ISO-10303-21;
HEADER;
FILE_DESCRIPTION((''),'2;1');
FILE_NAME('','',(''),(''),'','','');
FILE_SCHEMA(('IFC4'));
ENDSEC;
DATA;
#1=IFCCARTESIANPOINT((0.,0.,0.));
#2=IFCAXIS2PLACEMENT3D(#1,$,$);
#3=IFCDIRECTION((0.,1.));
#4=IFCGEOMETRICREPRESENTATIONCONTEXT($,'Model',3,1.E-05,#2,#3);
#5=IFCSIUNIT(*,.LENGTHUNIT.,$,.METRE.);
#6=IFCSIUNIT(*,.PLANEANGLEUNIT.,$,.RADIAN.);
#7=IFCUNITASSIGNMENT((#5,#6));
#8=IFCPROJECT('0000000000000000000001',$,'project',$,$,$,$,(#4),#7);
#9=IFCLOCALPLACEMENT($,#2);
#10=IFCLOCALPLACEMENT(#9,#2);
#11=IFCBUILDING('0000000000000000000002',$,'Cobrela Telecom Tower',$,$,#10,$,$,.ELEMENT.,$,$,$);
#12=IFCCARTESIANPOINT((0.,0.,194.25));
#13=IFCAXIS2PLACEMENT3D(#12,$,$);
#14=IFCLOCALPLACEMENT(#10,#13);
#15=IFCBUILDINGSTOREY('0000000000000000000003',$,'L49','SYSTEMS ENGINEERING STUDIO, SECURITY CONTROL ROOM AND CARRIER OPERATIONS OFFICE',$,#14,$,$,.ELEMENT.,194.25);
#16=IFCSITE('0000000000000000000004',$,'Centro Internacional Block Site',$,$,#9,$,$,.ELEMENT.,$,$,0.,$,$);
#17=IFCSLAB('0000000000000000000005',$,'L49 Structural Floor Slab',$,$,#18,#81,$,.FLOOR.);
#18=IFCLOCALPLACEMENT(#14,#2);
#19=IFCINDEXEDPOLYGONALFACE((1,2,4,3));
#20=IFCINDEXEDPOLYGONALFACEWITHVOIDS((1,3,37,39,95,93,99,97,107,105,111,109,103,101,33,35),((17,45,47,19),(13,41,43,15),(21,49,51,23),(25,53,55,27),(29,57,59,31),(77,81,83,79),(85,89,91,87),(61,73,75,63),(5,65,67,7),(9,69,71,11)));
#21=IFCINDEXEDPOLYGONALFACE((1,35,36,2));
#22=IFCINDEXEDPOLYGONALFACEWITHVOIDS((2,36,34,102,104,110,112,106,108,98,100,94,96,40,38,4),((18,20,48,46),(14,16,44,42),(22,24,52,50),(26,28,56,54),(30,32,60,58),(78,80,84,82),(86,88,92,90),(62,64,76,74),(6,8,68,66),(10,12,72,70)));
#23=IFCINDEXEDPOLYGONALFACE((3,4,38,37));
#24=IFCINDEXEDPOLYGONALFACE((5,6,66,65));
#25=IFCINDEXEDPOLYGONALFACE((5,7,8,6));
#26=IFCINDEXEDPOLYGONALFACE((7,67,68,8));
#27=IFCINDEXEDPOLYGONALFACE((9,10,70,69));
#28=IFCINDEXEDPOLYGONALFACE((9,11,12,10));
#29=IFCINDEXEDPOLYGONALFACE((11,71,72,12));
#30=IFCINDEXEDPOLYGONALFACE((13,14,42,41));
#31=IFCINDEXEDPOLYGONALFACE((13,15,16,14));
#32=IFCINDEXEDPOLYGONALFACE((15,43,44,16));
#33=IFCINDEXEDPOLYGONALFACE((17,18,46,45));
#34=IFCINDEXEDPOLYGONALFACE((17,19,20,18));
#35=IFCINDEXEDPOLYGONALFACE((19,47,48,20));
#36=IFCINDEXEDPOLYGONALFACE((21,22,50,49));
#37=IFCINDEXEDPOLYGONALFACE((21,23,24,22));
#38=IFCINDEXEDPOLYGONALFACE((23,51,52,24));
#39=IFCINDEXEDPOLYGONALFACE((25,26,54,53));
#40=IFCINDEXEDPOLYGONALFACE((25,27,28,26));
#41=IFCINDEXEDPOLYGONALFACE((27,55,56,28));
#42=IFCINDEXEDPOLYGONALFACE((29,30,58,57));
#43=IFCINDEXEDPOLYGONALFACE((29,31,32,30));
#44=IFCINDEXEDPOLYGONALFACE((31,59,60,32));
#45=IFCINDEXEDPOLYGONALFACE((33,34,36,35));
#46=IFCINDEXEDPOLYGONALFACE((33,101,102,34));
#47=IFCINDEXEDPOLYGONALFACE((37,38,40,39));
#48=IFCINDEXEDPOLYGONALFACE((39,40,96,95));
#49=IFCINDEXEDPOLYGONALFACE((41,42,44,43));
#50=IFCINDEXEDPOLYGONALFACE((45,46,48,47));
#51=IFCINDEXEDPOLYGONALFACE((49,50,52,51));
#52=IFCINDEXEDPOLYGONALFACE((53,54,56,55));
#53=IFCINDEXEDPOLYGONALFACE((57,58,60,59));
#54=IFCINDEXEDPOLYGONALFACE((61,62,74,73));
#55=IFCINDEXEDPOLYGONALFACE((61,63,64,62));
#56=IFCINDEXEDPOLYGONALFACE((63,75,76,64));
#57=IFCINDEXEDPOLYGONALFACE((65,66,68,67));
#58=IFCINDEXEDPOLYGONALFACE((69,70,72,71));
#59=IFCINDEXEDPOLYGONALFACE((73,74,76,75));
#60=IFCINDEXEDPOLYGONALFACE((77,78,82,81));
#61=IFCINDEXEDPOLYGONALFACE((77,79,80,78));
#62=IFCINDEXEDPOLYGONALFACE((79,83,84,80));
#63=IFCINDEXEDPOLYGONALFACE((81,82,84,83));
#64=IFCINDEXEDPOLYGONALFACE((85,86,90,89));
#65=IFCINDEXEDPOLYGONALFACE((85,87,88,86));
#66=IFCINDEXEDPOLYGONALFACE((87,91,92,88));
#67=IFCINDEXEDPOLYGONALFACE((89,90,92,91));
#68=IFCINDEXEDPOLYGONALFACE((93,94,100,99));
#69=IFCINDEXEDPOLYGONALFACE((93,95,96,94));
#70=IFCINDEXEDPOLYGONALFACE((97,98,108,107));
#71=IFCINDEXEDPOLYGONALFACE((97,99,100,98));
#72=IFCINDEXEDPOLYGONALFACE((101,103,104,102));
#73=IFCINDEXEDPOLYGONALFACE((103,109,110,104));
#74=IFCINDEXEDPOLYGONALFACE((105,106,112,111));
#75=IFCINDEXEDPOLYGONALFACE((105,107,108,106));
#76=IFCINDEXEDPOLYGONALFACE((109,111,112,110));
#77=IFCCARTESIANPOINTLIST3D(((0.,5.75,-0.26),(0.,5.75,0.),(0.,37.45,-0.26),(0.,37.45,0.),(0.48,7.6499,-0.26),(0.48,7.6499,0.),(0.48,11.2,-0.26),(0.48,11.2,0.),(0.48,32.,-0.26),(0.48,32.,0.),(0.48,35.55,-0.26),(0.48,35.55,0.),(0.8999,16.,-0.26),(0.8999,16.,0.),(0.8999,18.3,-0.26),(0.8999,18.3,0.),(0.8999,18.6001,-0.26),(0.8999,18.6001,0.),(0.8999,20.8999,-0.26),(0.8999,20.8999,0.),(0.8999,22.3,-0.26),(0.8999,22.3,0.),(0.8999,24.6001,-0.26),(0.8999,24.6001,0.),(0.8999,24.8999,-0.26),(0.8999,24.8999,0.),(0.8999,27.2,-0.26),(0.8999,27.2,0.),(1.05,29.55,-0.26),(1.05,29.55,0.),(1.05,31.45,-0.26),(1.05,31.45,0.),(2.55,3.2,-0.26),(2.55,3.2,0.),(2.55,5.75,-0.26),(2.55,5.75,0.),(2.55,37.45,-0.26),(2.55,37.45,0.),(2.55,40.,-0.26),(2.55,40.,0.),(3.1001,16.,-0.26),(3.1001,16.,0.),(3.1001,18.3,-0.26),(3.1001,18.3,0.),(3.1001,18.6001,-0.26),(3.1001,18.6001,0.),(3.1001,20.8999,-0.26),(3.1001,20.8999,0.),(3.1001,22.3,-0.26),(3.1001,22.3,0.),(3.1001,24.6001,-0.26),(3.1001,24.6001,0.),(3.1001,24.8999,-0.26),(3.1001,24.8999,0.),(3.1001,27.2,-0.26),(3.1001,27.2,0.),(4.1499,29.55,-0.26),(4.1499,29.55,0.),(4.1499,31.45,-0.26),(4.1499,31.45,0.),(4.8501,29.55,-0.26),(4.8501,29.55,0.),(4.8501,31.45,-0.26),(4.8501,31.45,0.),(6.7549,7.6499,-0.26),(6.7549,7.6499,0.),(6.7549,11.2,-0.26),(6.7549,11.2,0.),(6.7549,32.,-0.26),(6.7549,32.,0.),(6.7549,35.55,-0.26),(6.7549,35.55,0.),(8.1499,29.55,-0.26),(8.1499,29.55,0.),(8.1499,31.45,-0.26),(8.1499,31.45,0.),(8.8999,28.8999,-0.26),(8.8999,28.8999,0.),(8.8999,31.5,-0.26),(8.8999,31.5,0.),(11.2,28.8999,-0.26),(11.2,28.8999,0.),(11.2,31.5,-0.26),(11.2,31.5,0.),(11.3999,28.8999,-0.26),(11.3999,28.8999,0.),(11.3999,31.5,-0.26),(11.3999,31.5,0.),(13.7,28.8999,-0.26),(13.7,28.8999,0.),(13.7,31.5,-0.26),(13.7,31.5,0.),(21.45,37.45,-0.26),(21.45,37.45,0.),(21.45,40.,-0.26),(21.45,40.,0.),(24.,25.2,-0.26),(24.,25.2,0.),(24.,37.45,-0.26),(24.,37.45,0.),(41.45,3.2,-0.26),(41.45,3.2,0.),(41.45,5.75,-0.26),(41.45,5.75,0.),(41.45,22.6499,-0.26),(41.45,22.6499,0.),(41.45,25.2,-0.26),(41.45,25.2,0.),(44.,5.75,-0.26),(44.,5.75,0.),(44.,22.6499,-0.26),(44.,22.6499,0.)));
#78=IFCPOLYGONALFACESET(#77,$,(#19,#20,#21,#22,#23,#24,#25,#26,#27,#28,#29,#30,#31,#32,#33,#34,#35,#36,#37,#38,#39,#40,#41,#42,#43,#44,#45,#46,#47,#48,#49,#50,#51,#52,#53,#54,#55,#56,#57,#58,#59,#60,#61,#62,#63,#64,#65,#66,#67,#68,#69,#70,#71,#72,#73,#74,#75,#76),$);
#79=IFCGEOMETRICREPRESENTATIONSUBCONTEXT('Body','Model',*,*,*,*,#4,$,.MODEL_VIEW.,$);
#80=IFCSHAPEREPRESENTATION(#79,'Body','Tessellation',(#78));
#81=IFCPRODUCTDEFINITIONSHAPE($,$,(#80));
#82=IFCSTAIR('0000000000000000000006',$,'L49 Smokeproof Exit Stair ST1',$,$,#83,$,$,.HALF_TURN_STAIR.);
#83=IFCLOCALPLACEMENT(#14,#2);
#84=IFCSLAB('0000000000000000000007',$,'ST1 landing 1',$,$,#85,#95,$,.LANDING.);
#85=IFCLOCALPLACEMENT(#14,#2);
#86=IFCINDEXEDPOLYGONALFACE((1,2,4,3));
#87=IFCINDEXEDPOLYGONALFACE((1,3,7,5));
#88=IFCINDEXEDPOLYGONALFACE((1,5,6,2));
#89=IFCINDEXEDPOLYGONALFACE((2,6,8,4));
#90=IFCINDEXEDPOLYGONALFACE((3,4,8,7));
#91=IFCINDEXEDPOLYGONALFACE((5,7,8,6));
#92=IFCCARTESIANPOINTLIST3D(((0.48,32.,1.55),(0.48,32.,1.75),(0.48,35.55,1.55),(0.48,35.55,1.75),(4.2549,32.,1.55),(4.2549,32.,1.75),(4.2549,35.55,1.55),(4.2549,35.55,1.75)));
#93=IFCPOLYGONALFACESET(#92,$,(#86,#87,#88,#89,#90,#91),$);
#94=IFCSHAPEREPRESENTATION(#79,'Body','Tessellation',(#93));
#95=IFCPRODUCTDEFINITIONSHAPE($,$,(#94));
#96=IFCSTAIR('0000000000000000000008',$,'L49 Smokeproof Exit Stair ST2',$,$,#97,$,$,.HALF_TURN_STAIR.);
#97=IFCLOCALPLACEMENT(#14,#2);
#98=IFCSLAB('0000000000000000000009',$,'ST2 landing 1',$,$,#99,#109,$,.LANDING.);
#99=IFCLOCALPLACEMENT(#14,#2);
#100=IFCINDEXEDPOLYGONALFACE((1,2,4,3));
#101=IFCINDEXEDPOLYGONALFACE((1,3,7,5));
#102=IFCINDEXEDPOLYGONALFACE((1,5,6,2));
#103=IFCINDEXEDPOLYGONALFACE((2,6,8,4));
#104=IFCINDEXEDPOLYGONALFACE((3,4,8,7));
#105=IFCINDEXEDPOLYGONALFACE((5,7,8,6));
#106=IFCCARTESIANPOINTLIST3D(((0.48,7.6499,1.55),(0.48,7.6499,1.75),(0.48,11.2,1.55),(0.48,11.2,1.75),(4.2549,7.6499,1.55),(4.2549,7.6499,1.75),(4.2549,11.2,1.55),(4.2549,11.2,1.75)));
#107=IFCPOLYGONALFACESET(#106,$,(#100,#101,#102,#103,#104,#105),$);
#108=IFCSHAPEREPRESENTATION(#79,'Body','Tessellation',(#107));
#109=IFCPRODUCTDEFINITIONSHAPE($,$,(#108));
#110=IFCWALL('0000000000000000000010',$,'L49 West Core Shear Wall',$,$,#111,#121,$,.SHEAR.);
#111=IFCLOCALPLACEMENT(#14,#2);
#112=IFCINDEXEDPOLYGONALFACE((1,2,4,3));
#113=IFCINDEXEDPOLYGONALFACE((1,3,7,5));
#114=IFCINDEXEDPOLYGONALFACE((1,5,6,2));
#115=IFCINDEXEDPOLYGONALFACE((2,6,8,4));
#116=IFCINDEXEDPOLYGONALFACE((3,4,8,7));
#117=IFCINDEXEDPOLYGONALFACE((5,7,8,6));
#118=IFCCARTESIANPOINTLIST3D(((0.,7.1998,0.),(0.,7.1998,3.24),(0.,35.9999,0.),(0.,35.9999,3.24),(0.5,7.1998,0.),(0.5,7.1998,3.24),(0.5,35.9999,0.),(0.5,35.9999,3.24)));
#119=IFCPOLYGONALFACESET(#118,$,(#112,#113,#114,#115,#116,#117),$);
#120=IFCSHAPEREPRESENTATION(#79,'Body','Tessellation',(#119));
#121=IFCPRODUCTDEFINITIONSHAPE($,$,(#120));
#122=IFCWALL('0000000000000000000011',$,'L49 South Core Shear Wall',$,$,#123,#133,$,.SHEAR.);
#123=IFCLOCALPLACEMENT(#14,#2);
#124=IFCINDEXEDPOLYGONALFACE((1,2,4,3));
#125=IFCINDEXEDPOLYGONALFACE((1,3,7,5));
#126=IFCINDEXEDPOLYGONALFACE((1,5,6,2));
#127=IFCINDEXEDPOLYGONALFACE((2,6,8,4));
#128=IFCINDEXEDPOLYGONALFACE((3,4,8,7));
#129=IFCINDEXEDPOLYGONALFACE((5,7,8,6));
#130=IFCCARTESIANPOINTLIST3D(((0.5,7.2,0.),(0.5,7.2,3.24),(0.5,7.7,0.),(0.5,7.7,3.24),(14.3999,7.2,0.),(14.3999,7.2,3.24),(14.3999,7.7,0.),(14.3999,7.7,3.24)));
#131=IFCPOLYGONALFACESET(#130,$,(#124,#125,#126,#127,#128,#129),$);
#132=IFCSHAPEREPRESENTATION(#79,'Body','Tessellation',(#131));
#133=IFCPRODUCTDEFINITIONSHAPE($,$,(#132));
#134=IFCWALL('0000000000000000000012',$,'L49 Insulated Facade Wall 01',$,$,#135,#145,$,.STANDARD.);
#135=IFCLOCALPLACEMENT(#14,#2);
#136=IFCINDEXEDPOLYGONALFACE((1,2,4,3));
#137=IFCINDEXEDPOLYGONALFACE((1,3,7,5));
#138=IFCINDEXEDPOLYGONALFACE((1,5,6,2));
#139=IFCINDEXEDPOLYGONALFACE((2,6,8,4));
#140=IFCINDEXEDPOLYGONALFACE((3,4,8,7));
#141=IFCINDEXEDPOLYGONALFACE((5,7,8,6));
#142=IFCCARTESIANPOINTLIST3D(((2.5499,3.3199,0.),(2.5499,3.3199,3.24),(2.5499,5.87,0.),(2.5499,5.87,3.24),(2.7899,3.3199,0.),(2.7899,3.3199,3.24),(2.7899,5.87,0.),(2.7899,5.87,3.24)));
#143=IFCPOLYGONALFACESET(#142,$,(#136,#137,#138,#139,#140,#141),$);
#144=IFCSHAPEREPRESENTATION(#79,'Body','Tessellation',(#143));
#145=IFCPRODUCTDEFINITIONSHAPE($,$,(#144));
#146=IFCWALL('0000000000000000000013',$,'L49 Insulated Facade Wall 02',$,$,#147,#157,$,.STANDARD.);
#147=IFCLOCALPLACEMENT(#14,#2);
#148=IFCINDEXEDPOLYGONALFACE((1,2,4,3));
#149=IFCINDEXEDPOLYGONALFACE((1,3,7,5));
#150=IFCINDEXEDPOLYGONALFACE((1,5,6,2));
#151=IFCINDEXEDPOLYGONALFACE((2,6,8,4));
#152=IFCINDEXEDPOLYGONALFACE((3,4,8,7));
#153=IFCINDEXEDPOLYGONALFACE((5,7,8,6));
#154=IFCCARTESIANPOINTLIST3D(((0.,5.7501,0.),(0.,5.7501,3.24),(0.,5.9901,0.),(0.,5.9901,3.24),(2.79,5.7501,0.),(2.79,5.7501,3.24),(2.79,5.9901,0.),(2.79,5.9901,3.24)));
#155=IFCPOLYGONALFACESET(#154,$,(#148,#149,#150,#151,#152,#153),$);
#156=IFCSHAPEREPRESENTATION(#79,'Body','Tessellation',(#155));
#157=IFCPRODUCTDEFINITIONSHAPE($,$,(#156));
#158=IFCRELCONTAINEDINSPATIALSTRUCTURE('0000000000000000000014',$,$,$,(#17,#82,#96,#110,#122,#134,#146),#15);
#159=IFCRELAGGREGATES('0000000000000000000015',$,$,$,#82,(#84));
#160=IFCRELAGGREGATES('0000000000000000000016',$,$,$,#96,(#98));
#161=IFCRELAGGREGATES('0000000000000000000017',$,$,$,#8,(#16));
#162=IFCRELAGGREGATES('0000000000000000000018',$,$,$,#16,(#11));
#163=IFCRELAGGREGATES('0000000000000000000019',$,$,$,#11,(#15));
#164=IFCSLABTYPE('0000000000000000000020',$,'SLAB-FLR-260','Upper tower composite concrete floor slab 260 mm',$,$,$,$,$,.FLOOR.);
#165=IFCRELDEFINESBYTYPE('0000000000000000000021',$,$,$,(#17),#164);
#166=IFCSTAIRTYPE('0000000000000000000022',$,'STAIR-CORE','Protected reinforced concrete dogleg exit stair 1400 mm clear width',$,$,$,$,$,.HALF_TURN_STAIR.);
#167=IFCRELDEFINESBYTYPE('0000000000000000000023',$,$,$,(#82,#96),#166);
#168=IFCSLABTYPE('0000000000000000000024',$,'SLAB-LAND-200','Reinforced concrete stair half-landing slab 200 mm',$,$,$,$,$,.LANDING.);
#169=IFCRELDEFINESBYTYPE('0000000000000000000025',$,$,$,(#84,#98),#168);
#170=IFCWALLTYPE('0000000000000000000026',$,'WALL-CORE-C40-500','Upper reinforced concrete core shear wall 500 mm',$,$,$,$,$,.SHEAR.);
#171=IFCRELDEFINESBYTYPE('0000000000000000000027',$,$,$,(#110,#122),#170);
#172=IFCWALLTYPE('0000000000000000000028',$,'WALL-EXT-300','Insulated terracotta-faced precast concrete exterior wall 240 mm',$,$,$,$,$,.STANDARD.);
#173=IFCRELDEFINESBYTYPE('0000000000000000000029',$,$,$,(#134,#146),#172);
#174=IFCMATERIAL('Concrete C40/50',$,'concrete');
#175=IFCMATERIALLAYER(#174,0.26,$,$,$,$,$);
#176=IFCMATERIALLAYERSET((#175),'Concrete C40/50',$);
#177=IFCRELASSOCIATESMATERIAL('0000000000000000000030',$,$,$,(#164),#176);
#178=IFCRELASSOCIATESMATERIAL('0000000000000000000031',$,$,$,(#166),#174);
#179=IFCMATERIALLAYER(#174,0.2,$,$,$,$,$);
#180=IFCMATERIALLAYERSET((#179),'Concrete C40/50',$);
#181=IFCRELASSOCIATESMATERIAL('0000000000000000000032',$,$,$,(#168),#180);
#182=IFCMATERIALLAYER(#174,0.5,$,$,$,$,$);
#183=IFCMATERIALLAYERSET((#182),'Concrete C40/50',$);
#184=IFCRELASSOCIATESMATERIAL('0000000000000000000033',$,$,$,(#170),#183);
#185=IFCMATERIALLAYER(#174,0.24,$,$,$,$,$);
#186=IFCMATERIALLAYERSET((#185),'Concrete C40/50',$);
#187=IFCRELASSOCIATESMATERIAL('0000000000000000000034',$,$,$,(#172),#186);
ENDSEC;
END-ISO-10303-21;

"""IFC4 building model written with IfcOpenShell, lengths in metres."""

from ifc_helpers import new_model, si_unit, direction, frame, frame_2d, origin, place, context, subcontext, project, spatial, polyline, rectangle, outline, extrude, material, layer, layer_set, type_object, element, aggregate, save


model = new_model("IFC4")

# Units and contexts
model_context = context("Model", 3, precision=1e-05, world=origin(), true_north=direction((0.0, 1.0)))
body_context = subcontext(model_context, "Body", "Model", "MODEL_VIEW")
ifc_project = project(units=[si_unit("LENGTHUNIT", "METRE"), si_unit("PLANEANGLEUNIT", "RADIAN")], contexts=[model_context])

# Site, building, storey
site_placement = place(None, origin())
site = spatial("IfcSite", under=ifc_project, at=site_placement, Name="Centro Internacional Block Site", CompositionType="ELEMENT", RefElevation=0.0)
building_placement = place(site_placement, origin())
building = spatial("IfcBuilding", under=site, at=building_placement, Name="Cobrela Telecom Tower", CompositionType="ELEMENT")
storey_placement = place(building_placement, frame((0.0, 0.0, 194.25)))
storey = spatial("IfcBuildingStorey", under=building, at=storey_placement, Name="L49", Description="SYSTEMS ENGINEERING STUDIO, SECURITY CONTROL ROOM AND CARRIER OPERATIONS OFFICE", CompositionType="ELEMENT", Elevation=194.25)

# Slab, openings
ifc_material_1 = material(Name="Concrete C40/50", Category="concrete")
ifc_layer_1 = layer(ifc_material_1, 0.26)
ifc_layer_set_1 = layer_set([ifc_layer_1], Name="Concrete C40/50")
slab_type_1 = type_object("IfcSlabType", Name="SLAB-FLR-260", Description="Upper tower composite concrete floor slab 260 mm", PredefinedType="FLOOR", material=ifc_layer_set_1)
slab_1_placement = place(storey_placement, frame((0.0, 0.0, -0.26)))
slab_1 = element("IfcSlab", 1, at=slab_1_placement, inside=storey, type_object=slab_type_1, Name="L49 Structural Floor Slab", PredefinedType="FLOOR", context=body_context, shape_type="SweptSolid", body=[
    extrude(outline(polyline([(2.55, 3.2), (41.45, 3.2), (41.45, 5.75), (44.0, 5.75), (44.0, 22.6499), (41.45, 22.6499), (41.45, 25.2), (24.0, 25.2), (24.0, 37.45), (21.45, 37.45), (21.45, 40.0), (2.55, 40.0), (2.55, 37.45), (0.0, 37.45), (0.0, 5.75), (2.55, 5.75), (2.55, 3.2)])), origin(), (0.0, 0.0, 1.0), 0.26),
])
opening_1_placement = place(slab_1_placement, frame((0.0, 0.0, -0.02)))
element("IfcOpeningElement", 2, at=opening_1_placement, cuts=slab_1, PredefinedType="OPENING", context=body_context, shape_type="SweptSolid", body=[
    extrude(outline(polyline([(8.8999, 28.8999), (11.2, 28.8999), (11.2, 31.5), (8.8999, 31.5), (8.8999, 28.8999)])), origin(), (0.0, 0.0, 1.0), 0.3),
])
opening_2_placement = place(slab_1_placement, frame((0.0, 0.0, -0.02)))
element("IfcOpeningElement", 3, at=opening_2_placement, cuts=slab_1, PredefinedType="OPENING", context=body_context, shape_type="SweptSolid", body=[
    extrude(outline(polyline([(11.3999, 28.8999), (13.7, 28.8999), (13.7, 31.5), (11.3999, 31.5), (11.3999, 28.8999)])), origin(), (0.0, 0.0, 1.0), 0.3),
])
opening_3_placement = place(slab_1_placement, frame((0.0, 0.0, -0.02)))
element("IfcOpeningElement", 4, at=opening_3_placement, cuts=slab_1, PredefinedType="OPENING", context=body_context, shape_type="SweptSolid", body=[
    extrude(outline(polyline([(0.8999, 16.0), (3.1001, 16.0), (3.1001, 18.3), (0.8999, 18.3), (0.8999, 16.0)])), origin(), (0.0, 0.0, 1.0), 0.3),
])
opening_4_placement = place(slab_1_placement, frame((0.0, 0.0, -0.02)))
element("IfcOpeningElement", 5, at=opening_4_placement, cuts=slab_1, PredefinedType="OPENING", context=body_context, shape_type="SweptSolid", body=[
    extrude(outline(polyline([(0.8999, 18.6001), (3.1001, 18.6001), (3.1001, 20.8999), (0.8999, 20.8999), (0.8999, 18.6001)])), origin(), (0.0, 0.0, 1.0), 0.3),
])
opening_5_placement = place(slab_1_placement, frame((0.0, 0.0, -0.02)))
element("IfcOpeningElement", 6, at=opening_5_placement, cuts=slab_1, PredefinedType="OPENING", context=body_context, shape_type="SweptSolid", body=[
    extrude(outline(polyline([(0.8999, 22.3), (3.1001, 22.3), (3.1001, 24.6001), (0.8999, 24.6001), (0.8999, 22.3)])), origin(), (0.0, 0.0, 1.0), 0.3),
])
opening_6_placement = place(slab_1_placement, frame((0.0, 0.0, -0.02)))
element("IfcOpeningElement", 7, at=opening_6_placement, cuts=slab_1, PredefinedType="OPENING", context=body_context, shape_type="SweptSolid", body=[
    extrude(outline(polyline([(0.8999, 24.8999), (3.1001, 24.8999), (3.1001, 27.2), (0.8999, 27.2), (0.8999, 24.8999)])), origin(), (0.0, 0.0, 1.0), 0.3),
])
opening_7_placement = place(slab_1_placement, frame((0.0, 0.0, -0.02)))
element("IfcOpeningElement", 8, at=opening_7_placement, cuts=slab_1, PredefinedType="OPENING", context=body_context, shape_type="SweptSolid", body=[
    extrude(outline(polyline([(1.05, 29.55), (4.1499, 29.55), (4.1499, 31.45), (1.05, 31.45), (1.05, 29.55)])), origin(), (0.0, 0.0, 1.0), 0.3),
])
opening_8_placement = place(slab_1_placement, frame((0.0, 0.0, -0.02)))
element("IfcOpeningElement", 9, at=opening_8_placement, cuts=slab_1, PredefinedType="OPENING", context=body_context, shape_type="SweptSolid", body=[
    extrude(outline(polyline([(4.8501, 29.55), (8.1499, 29.55), (8.1499, 31.45), (4.8501, 31.45), (4.8501, 29.55)])), origin(), (0.0, 0.0, 1.0), 0.3),
])
opening_9_placement = place(slab_1_placement, frame((0.0, 0.0, -0.02)))
element("IfcOpeningElement", 10, at=opening_9_placement, cuts=slab_1, PredefinedType="OPENING", context=body_context, shape_type="SweptSolid", body=[
    extrude(outline(polyline([(6.7549, 35.55), (0.48, 35.55), (0.48, 32.0), (6.7549, 32.0), (6.7549, 35.55)])), origin(), (0.0, 0.0, 1.0), 0.3),
])
opening_10_placement = place(slab_1_placement, frame((0.0, 0.0, -0.02)))
element("IfcOpeningElement", 11, at=opening_10_placement, cuts=slab_1, PredefinedType="OPENING", context=body_context, shape_type="SweptSolid", body=[
    extrude(outline(polyline([(6.7549, 11.2), (0.48, 11.2), (0.48, 7.6499), (6.7549, 7.6499), (6.7549, 11.2)])), origin(), (0.0, 0.0, 1.0), 0.3),
])

# Stairs, slabs
stair_type = type_object("IfcStairType", Name="STAIR-CORE", Description="Protected reinforced concrete dogleg exit stair 1400 mm clear width", PredefinedType="HALF_TURN_STAIR", material=ifc_material_1)
stair_1_placement = place(storey_placement, origin())
stair_1 = element("IfcStair", 12, at=stair_1_placement, inside=storey, type_object=stair_type, Name="L49 Smokeproof Exit Stair ST1", PredefinedType="HALF_TURN_STAIR")
ifc_layer_2 = layer(ifc_material_1, 0.2)
ifc_layer_set_2 = layer_set([ifc_layer_2], Name="Concrete C40/50")
slab_type_2 = type_object("IfcSlabType", Name="SLAB-LAND-200", Description="Reinforced concrete stair half-landing slab 200 mm", PredefinedType="LANDING", material=ifc_layer_set_2)
slab_2_placement = place(storey_placement, frame((0.0, 0.0, 1.55)))
slab_2 = element("IfcSlab", 13, at=slab_2_placement, type_object=slab_type_2, Name="ST1 landing 1", PredefinedType="LANDING", context=body_context, shape_type="SweptSolid", body=[
    extrude(outline(polyline([(4.2549, 35.55), (0.48, 35.55), (0.48, 32.0), (4.2549, 32.0), (4.2549, 35.55)])), origin(), (0.0, 0.0, 1.0), 0.2),
])
aggregate(stair_1, [slab_2])
stair_2_placement = place(storey_placement, origin())
stair_2 = element("IfcStair", 14, at=stair_2_placement, inside=storey, type_object=stair_type, Name="L49 Smokeproof Exit Stair ST2", PredefinedType="HALF_TURN_STAIR")
slab_3_placement = place(storey_placement, frame((0.0, 0.0, 1.55)))
slab_3 = element("IfcSlab", 15, at=slab_3_placement, type_object=slab_type_2, Name="ST2 landing 1", PredefinedType="LANDING", context=body_context, shape_type="SweptSolid", body=[
    extrude(outline(polyline([(4.2549, 11.2), (0.48, 11.2), (0.48, 7.6499), (4.2549, 7.6499), (4.2549, 11.2)])), origin(), (0.0, 0.0, 1.0), 0.2),
])

# Walls
ifc_layer_3 = layer(ifc_material_1, 0.5)
ifc_layer_set_3 = layer_set([ifc_layer_3], Name="Concrete C40/50")
wall_type_1 = type_object("IfcWallType", Name="WALL-CORE-C40-500", Description="Upper reinforced concrete core shear wall 500 mm", PredefinedType="SHEAR", material=ifc_layer_set_3)
wall_1_placement = place(storey_placement, frame((0.25, 7.2, 0.0), z_axis=(0.0, 0.0, 1.0), x_axis=(0.0, 1.0, 0.0)))
element("IfcWall", 16, at=wall_1_placement, inside=storey, type_object=wall_type_1, Name="L49 West Core Shear Wall", PredefinedType="SHEAR", context=body_context, shape_type="SweptSolid", body=[
    extrude(rectangle(XDim=28.8, YDim=0.5, at=frame_2d((14.3999, 0.0))), origin(), (0.0, 0.0, 1.0), 3.24),
])
wall_2_placement = place(storey_placement, frame((0.5, 7.45, 0.0), z_axis=(0.0, 0.0, 1.0), x_axis=(1.0, 0.0, 0.0)))
element("IfcWall", 17, at=wall_2_placement, inside=storey, type_object=wall_type_1, Name="L49 South Core Shear Wall", PredefinedType="SHEAR", context=body_context, shape_type="SweptSolid", body=[
    extrude(rectangle(XDim=13.8999, YDim=0.5, at=frame_2d((6.95, 0.0))), origin(), (0.0, 0.0, 1.0), 3.24),
])
ifc_layer_4 = layer(ifc_material_1, 0.24)
ifc_layer_set_4 = layer_set([ifc_layer_4], Name="Concrete C40/50")
wall_type_2 = type_object("IfcWallType", Name="WALL-EXT-300", Description="Insulated terracotta-faced precast concrete exterior wall 240 mm", PredefinedType="STANDARD", material=ifc_layer_set_4)
wall_3_placement = place(storey_placement, frame((2.6699, 3.3201, 0.0), z_axis=(0.0, 0.0, 1.0), x_axis=(0.0, 1.0, 0.0)))
element("IfcWall", 18, at=wall_3_placement, inside=storey, type_object=wall_type_2, Name="L49 Insulated Facade Wall 01", PredefinedType="STANDARD", context=body_context, shape_type="SweptSolid", body=[
    extrude(rectangle(XDim=2.55, YDim=0.24, at=frame_2d((1.2749, 0.0))), origin(), (0.0, 0.0, 1.0), 3.24),
])
wall_4_placement = place(storey_placement, frame((2.79, 5.8701, 0.0), z_axis=(0.0, 0.0, 1.0), x_axis=(-1.0, 0.0, 0.0)))
element("IfcWall", 19, at=wall_4_placement, inside=storey, type_object=wall_type_2, Name="L49 Insulated Facade Wall 02", PredefinedType="STANDARD", context=body_context, shape_type="SweptSolid", body=[
    extrude(rectangle(XDim=2.79, YDim=0.24, at=frame_2d((1.395, 0.0))), origin(), (0.0, 0.0, 1.0), 3.24),
])

aggregate(stair_2, [slab_3])

save(model, "model.ifc")
